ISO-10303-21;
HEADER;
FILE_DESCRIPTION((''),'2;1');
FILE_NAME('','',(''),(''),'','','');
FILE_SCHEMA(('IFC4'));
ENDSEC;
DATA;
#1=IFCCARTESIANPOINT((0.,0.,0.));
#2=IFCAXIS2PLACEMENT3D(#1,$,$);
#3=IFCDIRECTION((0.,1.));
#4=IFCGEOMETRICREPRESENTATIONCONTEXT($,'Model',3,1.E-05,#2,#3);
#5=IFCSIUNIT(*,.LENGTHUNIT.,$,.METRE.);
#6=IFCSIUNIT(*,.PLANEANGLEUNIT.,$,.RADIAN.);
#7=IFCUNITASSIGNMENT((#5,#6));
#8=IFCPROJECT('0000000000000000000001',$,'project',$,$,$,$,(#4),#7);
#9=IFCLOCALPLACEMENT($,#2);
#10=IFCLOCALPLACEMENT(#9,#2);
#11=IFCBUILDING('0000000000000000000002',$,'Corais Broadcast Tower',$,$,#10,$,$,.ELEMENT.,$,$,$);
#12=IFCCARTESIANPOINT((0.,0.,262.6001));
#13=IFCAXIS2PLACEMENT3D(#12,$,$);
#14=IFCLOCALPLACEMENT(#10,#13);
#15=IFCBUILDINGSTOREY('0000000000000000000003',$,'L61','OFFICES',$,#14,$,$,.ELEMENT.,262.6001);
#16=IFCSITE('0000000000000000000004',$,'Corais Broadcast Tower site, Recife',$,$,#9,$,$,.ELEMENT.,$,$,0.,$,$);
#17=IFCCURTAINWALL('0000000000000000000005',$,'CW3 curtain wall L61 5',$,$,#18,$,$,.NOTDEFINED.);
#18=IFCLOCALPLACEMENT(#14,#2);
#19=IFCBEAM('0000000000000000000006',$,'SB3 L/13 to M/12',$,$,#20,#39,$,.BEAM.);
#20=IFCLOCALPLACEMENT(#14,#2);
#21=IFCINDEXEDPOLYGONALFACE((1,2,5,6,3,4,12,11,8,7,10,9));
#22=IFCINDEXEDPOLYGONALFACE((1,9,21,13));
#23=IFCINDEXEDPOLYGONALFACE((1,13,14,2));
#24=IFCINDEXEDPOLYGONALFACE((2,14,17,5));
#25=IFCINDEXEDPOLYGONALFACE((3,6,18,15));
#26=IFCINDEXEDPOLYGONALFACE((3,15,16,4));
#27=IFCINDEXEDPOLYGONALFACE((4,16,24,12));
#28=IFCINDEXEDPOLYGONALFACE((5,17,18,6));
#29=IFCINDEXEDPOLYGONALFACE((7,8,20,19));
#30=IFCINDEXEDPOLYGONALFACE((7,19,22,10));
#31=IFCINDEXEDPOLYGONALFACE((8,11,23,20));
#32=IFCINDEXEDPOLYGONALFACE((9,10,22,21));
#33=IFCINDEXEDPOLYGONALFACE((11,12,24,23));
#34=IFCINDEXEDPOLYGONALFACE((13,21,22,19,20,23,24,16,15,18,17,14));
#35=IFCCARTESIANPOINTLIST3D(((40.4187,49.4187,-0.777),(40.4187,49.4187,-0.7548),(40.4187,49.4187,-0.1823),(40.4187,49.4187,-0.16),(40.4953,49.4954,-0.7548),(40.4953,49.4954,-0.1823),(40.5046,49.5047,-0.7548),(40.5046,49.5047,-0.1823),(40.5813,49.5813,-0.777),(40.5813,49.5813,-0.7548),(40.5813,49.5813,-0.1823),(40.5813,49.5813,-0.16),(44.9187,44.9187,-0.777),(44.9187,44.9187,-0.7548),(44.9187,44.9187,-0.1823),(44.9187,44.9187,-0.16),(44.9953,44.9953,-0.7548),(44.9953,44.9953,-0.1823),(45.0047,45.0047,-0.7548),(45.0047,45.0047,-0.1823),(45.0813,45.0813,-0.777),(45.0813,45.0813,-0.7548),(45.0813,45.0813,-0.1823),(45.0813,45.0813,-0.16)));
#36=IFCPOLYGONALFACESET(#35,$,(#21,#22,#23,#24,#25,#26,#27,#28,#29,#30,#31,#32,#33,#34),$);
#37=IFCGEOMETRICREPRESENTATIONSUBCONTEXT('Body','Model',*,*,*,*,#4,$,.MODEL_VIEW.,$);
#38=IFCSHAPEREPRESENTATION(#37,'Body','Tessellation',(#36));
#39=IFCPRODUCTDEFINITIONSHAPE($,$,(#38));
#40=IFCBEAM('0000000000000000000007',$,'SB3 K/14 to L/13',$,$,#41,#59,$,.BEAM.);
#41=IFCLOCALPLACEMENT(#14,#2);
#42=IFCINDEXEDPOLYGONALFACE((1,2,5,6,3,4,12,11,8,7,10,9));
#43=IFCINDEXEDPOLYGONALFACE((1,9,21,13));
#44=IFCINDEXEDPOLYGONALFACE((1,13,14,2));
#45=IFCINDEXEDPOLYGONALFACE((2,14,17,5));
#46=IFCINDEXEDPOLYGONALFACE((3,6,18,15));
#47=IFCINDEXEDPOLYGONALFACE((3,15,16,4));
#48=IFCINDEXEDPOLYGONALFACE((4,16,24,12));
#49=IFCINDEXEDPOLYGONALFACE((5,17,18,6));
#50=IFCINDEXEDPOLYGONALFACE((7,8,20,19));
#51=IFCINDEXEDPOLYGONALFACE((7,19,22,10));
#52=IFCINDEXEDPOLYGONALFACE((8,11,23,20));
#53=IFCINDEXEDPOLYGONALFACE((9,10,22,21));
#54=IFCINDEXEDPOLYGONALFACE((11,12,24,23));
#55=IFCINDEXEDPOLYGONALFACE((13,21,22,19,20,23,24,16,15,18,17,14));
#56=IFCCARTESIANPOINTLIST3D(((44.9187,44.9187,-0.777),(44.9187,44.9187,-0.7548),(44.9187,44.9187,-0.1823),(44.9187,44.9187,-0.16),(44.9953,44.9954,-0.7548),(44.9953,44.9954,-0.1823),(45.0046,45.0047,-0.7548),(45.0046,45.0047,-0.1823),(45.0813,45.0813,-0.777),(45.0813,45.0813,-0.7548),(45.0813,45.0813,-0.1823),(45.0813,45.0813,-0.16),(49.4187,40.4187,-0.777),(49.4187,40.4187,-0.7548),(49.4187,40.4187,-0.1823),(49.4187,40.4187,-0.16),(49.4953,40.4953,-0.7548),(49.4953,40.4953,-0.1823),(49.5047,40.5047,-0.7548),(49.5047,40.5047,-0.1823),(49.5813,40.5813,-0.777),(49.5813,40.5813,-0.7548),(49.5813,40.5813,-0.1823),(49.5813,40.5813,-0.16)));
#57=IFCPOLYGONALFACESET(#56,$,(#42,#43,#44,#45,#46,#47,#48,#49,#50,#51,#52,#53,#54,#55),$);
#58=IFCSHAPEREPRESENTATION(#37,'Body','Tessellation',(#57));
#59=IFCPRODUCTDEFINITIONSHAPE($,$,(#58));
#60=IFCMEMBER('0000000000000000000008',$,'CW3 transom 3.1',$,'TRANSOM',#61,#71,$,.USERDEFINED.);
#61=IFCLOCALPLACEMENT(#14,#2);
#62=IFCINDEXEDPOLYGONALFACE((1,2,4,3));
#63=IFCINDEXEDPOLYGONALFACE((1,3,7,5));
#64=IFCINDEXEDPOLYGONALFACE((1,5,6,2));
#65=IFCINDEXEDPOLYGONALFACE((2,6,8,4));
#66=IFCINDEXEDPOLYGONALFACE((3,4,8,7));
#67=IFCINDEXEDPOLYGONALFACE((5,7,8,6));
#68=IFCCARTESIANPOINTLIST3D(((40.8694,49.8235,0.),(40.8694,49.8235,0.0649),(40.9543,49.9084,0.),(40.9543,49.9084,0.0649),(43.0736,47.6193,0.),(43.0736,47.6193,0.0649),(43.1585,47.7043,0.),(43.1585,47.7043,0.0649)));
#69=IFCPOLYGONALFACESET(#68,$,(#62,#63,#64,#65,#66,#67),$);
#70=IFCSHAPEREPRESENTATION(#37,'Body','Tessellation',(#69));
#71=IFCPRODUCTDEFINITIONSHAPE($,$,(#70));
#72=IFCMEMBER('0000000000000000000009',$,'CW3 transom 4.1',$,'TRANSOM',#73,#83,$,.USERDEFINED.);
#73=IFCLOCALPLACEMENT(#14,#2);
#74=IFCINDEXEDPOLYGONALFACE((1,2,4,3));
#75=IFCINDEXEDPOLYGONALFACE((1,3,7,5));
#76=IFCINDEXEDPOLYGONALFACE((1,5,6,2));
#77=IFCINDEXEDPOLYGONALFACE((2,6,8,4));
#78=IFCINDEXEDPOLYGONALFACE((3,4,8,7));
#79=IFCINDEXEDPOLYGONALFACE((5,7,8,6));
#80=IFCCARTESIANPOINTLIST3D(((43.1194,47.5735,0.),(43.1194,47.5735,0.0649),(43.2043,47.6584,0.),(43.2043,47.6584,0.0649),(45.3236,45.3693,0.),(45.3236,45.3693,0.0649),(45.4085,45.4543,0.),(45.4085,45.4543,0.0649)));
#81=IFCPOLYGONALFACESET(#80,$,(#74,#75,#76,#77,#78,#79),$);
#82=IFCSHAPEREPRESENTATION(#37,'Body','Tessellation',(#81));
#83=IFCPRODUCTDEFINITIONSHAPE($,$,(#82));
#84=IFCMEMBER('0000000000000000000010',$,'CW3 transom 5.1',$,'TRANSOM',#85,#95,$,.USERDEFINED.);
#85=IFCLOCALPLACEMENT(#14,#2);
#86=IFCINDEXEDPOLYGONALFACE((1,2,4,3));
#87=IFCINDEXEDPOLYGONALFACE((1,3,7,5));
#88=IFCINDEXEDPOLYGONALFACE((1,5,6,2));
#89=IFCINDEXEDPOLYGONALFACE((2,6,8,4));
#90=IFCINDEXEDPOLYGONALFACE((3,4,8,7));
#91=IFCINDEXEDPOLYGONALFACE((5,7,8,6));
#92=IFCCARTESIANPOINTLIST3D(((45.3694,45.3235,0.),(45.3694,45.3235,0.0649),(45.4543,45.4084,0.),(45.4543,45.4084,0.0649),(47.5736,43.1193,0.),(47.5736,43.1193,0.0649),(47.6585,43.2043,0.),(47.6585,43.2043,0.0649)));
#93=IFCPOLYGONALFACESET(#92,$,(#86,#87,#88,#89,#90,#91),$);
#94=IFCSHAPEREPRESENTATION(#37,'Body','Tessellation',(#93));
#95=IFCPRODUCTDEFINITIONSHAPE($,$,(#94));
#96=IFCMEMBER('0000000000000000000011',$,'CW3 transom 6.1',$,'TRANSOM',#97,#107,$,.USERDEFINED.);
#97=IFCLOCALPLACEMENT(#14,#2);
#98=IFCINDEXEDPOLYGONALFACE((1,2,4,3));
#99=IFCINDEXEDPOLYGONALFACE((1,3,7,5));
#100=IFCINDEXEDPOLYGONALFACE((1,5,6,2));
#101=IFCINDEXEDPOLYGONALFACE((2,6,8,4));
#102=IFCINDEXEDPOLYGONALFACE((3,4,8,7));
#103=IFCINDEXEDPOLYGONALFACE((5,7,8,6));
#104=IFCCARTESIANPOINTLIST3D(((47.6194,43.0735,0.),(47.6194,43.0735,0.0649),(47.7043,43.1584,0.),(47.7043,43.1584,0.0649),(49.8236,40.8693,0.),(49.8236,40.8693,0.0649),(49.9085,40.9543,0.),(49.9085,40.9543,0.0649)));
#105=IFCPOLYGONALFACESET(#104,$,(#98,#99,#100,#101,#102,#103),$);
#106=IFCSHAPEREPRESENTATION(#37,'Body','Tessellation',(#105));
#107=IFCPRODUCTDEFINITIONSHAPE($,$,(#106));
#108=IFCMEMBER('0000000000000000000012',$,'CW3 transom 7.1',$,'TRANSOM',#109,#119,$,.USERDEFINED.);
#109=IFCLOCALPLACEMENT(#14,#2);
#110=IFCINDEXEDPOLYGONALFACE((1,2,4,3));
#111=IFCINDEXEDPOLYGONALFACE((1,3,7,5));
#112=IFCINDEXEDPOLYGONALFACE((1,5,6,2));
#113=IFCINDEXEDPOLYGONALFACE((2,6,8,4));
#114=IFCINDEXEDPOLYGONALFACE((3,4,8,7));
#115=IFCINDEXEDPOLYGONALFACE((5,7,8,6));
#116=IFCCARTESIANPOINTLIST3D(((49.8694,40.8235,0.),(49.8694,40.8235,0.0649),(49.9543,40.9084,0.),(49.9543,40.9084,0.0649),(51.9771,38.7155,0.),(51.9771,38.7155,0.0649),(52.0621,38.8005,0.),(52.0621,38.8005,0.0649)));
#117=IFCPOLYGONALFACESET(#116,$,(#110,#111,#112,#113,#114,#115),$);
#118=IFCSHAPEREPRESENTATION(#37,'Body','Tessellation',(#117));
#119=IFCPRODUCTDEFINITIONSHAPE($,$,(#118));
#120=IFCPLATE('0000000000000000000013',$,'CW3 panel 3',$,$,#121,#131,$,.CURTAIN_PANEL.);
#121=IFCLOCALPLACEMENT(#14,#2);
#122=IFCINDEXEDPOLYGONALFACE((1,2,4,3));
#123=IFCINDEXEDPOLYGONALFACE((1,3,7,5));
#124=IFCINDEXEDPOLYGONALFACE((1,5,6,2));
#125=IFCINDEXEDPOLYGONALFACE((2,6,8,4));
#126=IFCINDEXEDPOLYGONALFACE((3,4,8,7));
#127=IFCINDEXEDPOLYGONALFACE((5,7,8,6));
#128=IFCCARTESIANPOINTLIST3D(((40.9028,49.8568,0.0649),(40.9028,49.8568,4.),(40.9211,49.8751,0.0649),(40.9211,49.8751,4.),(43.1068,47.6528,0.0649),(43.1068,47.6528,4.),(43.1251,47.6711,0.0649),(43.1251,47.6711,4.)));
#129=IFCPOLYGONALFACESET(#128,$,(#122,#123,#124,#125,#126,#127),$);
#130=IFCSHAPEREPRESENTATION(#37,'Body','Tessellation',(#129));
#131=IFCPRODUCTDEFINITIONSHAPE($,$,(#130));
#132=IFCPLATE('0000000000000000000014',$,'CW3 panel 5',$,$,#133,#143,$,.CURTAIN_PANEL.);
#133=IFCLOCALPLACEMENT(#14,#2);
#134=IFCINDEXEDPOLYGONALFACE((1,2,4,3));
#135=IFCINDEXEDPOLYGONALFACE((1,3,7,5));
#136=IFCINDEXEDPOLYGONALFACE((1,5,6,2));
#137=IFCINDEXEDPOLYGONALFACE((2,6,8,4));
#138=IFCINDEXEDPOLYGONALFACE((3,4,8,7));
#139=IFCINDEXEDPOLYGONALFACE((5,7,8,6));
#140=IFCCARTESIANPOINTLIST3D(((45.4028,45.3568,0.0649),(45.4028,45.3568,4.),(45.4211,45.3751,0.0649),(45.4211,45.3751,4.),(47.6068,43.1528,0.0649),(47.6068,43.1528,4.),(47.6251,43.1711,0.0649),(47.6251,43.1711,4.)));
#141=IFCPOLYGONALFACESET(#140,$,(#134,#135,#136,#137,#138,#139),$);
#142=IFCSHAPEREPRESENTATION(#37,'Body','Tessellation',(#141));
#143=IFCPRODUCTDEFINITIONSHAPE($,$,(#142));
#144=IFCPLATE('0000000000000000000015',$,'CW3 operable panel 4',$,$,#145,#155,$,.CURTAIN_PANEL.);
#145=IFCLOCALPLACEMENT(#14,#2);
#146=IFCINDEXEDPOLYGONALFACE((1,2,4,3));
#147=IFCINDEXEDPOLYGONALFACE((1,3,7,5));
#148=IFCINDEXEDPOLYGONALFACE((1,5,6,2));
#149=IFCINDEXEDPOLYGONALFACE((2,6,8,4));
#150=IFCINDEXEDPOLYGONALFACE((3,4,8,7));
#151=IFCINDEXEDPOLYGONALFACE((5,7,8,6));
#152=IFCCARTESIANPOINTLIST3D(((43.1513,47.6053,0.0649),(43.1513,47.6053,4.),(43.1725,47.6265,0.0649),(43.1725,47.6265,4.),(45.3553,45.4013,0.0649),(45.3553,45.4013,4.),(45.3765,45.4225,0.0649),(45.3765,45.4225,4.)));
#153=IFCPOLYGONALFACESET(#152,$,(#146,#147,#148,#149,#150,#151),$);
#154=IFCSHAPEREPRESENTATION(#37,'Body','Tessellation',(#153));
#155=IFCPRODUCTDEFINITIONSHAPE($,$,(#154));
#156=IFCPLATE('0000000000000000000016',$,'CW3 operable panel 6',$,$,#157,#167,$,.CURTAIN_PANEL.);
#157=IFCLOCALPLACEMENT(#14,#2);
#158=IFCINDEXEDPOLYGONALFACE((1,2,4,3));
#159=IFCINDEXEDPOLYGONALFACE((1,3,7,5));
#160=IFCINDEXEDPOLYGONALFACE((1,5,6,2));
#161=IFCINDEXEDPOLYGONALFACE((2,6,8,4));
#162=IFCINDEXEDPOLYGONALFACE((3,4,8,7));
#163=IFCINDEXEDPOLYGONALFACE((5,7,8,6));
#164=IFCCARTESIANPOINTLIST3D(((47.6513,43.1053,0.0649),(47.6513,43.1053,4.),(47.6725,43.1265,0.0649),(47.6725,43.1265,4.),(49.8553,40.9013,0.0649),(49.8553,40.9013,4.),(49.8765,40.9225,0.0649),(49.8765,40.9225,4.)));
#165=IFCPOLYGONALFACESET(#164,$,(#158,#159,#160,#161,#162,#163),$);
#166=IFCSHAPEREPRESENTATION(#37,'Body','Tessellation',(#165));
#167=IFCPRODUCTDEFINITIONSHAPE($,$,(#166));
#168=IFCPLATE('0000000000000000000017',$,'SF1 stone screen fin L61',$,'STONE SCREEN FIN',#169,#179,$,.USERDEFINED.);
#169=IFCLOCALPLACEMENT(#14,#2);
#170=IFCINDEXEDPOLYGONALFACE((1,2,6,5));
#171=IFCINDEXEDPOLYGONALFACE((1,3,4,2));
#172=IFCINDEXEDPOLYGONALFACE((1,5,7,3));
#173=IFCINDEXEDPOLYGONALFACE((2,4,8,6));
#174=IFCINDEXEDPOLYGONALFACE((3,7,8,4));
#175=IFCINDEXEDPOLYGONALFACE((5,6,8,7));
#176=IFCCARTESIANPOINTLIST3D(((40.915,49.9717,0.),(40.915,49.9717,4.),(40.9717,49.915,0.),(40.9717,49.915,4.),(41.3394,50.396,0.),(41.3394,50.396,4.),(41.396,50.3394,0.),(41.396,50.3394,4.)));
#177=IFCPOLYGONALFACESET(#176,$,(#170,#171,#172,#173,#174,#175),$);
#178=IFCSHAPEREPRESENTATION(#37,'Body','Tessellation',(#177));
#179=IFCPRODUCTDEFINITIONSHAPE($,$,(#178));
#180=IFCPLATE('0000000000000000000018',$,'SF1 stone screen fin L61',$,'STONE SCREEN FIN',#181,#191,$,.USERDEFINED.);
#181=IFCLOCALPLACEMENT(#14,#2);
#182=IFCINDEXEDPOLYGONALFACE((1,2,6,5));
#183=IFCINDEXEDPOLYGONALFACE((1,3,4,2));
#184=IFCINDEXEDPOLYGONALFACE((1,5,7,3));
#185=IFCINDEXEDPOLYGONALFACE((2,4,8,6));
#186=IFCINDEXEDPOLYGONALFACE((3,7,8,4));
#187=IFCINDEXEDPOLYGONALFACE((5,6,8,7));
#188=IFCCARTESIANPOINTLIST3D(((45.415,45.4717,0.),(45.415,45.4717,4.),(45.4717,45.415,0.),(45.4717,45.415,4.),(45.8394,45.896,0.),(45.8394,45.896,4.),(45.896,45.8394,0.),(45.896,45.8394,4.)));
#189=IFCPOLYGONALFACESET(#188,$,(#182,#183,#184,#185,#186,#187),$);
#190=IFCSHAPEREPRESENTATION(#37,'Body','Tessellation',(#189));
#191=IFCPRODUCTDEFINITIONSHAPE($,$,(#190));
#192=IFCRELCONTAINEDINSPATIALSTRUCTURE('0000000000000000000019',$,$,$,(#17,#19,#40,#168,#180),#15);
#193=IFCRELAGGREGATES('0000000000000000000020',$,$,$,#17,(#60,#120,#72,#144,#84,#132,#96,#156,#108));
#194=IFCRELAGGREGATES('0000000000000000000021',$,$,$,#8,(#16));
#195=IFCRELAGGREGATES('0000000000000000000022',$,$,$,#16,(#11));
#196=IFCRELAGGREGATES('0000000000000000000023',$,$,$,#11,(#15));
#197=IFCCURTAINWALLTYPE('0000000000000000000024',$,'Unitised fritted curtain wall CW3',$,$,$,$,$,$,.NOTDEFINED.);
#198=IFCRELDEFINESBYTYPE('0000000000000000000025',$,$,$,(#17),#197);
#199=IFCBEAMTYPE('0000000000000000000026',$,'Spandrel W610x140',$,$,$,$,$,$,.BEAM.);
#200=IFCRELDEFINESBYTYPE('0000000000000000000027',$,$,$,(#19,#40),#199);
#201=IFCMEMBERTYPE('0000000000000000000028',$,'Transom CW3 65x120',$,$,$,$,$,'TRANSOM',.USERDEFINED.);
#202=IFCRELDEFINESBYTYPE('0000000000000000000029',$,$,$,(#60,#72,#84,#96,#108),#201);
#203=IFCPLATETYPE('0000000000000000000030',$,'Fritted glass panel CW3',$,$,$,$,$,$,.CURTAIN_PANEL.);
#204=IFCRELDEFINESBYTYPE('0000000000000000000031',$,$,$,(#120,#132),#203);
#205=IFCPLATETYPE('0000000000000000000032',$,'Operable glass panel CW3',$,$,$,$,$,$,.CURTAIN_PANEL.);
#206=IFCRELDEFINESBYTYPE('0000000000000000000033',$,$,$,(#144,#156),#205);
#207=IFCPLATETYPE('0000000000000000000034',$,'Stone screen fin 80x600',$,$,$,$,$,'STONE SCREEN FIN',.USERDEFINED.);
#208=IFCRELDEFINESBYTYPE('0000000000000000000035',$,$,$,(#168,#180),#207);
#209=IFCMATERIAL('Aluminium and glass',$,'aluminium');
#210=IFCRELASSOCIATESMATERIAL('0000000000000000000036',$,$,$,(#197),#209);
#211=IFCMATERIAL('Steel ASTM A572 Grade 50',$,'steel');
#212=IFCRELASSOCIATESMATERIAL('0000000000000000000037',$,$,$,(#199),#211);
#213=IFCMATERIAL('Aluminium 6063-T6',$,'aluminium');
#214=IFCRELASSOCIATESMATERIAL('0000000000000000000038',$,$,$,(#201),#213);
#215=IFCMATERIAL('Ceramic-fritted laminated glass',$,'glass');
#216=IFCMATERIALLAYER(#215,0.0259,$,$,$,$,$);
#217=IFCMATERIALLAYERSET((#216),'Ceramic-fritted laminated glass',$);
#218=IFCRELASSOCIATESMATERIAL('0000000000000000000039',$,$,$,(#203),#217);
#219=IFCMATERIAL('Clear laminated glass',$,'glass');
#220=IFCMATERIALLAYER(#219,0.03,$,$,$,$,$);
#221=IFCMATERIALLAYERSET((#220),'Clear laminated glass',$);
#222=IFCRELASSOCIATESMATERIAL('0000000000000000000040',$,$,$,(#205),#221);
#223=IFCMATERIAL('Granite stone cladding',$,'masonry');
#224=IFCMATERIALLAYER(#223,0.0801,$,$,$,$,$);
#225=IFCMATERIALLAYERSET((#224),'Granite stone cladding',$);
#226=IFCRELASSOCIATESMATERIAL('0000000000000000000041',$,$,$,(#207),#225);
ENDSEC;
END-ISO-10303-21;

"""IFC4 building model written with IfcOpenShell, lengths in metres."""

from ifc_helpers import new_model, si_unit, direction, frame, origin, origin_2d, place, context, subcontext, project, spatial, rectangle, i_section, extrude, material, layer, layer_set, material_profile, profile_set, type_object, element, aggregate, save


model = new_model("IFC4")

# Units and contexts
model_context = context("Model", 3, precision=1e-05, world=origin(), true_north=direction((0.0, 1.0)))
body_context = subcontext(model_context, "Body", "Model", "MODEL_VIEW")
ifc_project = project(units=[si_unit("LENGTHUNIT", "METRE"), si_unit("PLANEANGLEUNIT", "RADIAN")], contexts=[model_context])

# Site, building, storey
site_placement = place(None, origin())
site = spatial("IfcSite", under=ifc_project, at=site_placement, Name="Corais Broadcast Tower site, Recife", CompositionType="ELEMENT", RefElevation=0.0)
building_placement = place(site_placement, origin())
building = spatial("IfcBuilding", under=site, at=building_placement, Name="Corais Broadcast Tower", CompositionType="ELEMENT")
storey_placement = place(building_placement, frame((0.0, 0.0, 262.6001)))
storey = spatial("IfcBuildingStorey", under=building, at=storey_placement, Name="L61", Description="OFFICES", CompositionType="ELEMENT", Elevation=262.6001)

# Curtain wall
ifc_material_1 = material(Name="Aluminium and glass", Category="aluminium")
curtain_wall_type = type_object("IfcCurtainWallType", Name="Unitised fritted curtain wall CW3", PredefinedType="NOTDEFINED", material=ifc_material_1)
curtain_wall_placement = place(storey_placement, origin())
curtain_wall = element("IfcCurtainWall", 1, at=curtain_wall_placement, inside=storey, type_object=curtain_wall_type, Name="CW3 curtain wall L61 5", PredefinedType="NOTDEFINED")

# Beams
ifc_material_2 = material(Name="Steel ASTM A572 Grade 50", Category="steel")
ifc_material_profile_1 = material_profile(ifc_material_2, i_section(OverallWidth=0.23, OverallDepth=0.6169, WebThickness=0.0132, FlangeThickness=0.0222, at=origin_2d()), Name="W610x140")
ifc_profile_set_1 = profile_set([ifc_material_profile_1], Name="Steel ASTM A572 Grade 50")
beam_type_1 = type_object("IfcBeamType", Name="Spandrel W610x140", PredefinedType="BEAM", material=ifc_profile_set_1)
for number, where, z_axis, x_axis, name in (
    (2, (45.0, 45.0, -0.4685), (-0.707107, 0.707107, 0.0), (-0.707107, -0.707107, 0.0), "SB3 L/13 to M/12"),
    (3, (49.5, 40.5, -0.4685), (-0.707107, 0.707107, 0.0), (-0.707107, -0.707107, 0.0), "SB3 K/14 to L/13"),
):
    element("IfcBeam", number, at=place(storey_placement, frame(where, z_axis=z_axis, x_axis=x_axis)), inside=storey, type_object=beam_type_1, Name=name, PredefinedType="BEAM", context=body_context, shape_type="SweptSolid", body=[
        extrude(i_section(OverallWidth=0.23, OverallDepth=0.6169, WebThickness=0.0132, FlangeThickness=0.0222, at=origin_2d()), origin(), (0.0, 0.0, 1.0), 6.364),
    ])

# Members
ifc_material_3 = material(Name="Aluminium 6063-T6", Category="aluminium")
ifc_material_profile_2 = material_profile(ifc_material_3, rectangle(XDim=0.1201, YDim=0.0649, at=origin_2d()), Name="Transom CW3 65x120")
ifc_profile_set_2 = profile_set([ifc_material_profile_2], Name="Aluminium 6063-T6")
member_type_1 = type_object("IfcMemberType", Name="Transom CW3 65x120", ElementType="TRANSOM", PredefinedType="USERDEFINED", material=ifc_profile_set_2)
member_1_placement = place(storey_placement, frame((40.9119, 49.866, 0.0325), z_axis=(0.707107, -0.707107, 0.0), x_axis=(0.707107, 0.707107, 0.0)))
member_1 = element("IfcMember", 4, at=member_1_placement, type_object=member_type_1, Name="CW3 transom 3.1", ObjectType="TRANSOM", PredefinedType="USERDEFINED", context=body_context, shape_type="SweptSolid", body=[
    extrude(rectangle(XDim=0.1201, YDim=0.0649, at=origin_2d()), origin(), (0.0, 0.0, 1.0), 3.1172),
])
member_2_placement = place(storey_placement, frame((43.1619, 47.616, 0.0325), z_axis=(0.707107, -0.707107, 0.0), x_axis=(0.707107, 0.707107, 0.0)))
member_2 = element("IfcMember", 5, at=member_2_placement, type_object=member_type_1, Name="CW3 transom 4.1", ObjectType="TRANSOM", PredefinedType="USERDEFINED", context=body_context, shape_type="SweptSolid", body=[
    extrude(rectangle(XDim=0.1201, YDim=0.0649, at=origin_2d()), origin(), (0.0, 0.0, 1.0), 3.1172),
])
member_3_placement = place(storey_placement, frame((45.4119, 45.366, 0.0325), z_axis=(0.707107, -0.707107, 0.0), x_axis=(0.707107, 0.707107, 0.0)))
member_3 = element("IfcMember", 6, at=member_3_placement, type_object=member_type_1, Name="CW3 transom 5.1", ObjectType="TRANSOM", PredefinedType="USERDEFINED", context=body_context, shape_type="SweptSolid", body=[
    extrude(rectangle(XDim=0.1201, YDim=0.0649, at=origin_2d()), origin(), (0.0, 0.0, 1.0), 3.1172),
])
member_4_placement = place(storey_placement, frame((47.6619, 43.116, 0.0325), z_axis=(0.707107, -0.707107, 0.0), x_axis=(0.707107, 0.707107, 0.0)))
member_4 = element("IfcMember", 7, at=member_4_placement, type_object=member_type_1, Name="CW3 transom 6.1", ObjectType="TRANSOM", PredefinedType="USERDEFINED", context=body_context, shape_type="SweptSolid", body=[
    extrude(rectangle(XDim=0.1201, YDim=0.0649, at=origin_2d()), origin(), (0.0, 0.0, 1.0), 3.1172),
])
member_5_placement = place(storey_placement, frame((49.9119, 40.866, 0.0325), z_axis=(0.707066, -0.707148, 0.0), x_axis=(0.707148, 0.707066, 0.0)))
member_5 = element("IfcMember", 8, at=member_5_placement, type_object=member_type_1, Name="CW3 transom 7.1", ObjectType="TRANSOM", PredefinedType="USERDEFINED", context=body_context, shape_type="SweptSolid", body=[
    extrude(rectangle(XDim=0.1201, YDim=0.0649, at=origin_2d()), origin(), (0.0, 0.0, 1.0), 2.981),
])

# Plates
ifc_material_4 = material(Name="Ceramic-fritted laminated glass", Category="glass")
ifc_layer_1 = layer(ifc_material_4, 0.0259)
ifc_layer_set_1 = layer_set([ifc_layer_1], Name="Ceramic-fritted laminated glass")
plate_type_1 = type_object("IfcPlateType", Name="Fritted glass panel CW3", PredefinedType="CURTAIN_PANEL", material=ifc_layer_set_1)
plate_1_placement = place(storey_placement, frame((42.0139, 48.7639, 0.0649), z_axis=(0.0, 0.0, 1.0), x_axis=(0.707107, -0.707107, 0.0)))
plate_1 = element("IfcPlate", 9, at=plate_1_placement, type_object=plate_type_1, Name="CW3 panel 3", PredefinedType="CURTAIN_PANEL", context=body_context, shape_type="SweptSolid", body=[
    extrude(rectangle(XDim=3.1169, YDim=0.0259, at=origin_2d()), origin(), (0.0, 0.0, 1.0), 3.9351),
])
plate_2_placement = place(storey_placement, frame((46.5139, 44.2639, 0.0649), z_axis=(0.0, 0.0, 1.0), x_axis=(0.707107, -0.707107, 0.0)))
plate_2 = element("IfcPlate", 10, at=plate_2_placement, type_object=plate_type_1, Name="CW3 panel 5", PredefinedType="CURTAIN_PANEL", context=body_context, shape_type="SweptSolid", body=[
    extrude(rectangle(XDim=3.1169, YDim=0.0259, at=origin_2d()), origin(), (0.0, 0.0, 1.0), 3.9351),
])
ifc_material_5 = material(Name="Clear laminated glass", Category="glass")
ifc_layer_2 = layer(ifc_material_5, 0.03)
ifc_layer_set_2 = layer_set([ifc_layer_2], Name="Clear laminated glass")
plate_type_2 = type_object("IfcPlateType", Name="Operable glass panel CW3", PredefinedType="CURTAIN_PANEL", material=ifc_layer_set_2)
plate_3_placement = place(storey_placement, frame((44.2639, 46.5139, 0.0649), z_axis=(0.0, 0.0, 1.0), x_axis=(0.707107, -0.707107, 0.0)))
plate_3 = element("IfcPlate", 11, at=plate_3_placement, type_object=plate_type_2, Name="CW3 operable panel 4", PredefinedType="CURTAIN_PANEL", context=body_context, shape_type="SweptSolid", body=[
    extrude(rectangle(XDim=3.1169, YDim=0.03, at=origin_2d()), origin(), (0.0, 0.0, 1.0), 3.9351),
])
plate_4_placement = place(storey_placement, frame((48.7639, 42.0139, 0.0649), z_axis=(0.0, 0.0, 1.0), x_axis=(0.707107, -0.707107, 0.0)))
plate_4 = element("IfcPlate", 12, at=plate_4_placement, type_object=plate_type_2, Name="CW3 operable panel 6", PredefinedType="CURTAIN_PANEL", context=body_context, shape_type="SweptSolid", body=[
    extrude(rectangle(XDim=3.1169, YDim=0.03, at=origin_2d()), origin(), (0.0, 0.0, 1.0), 3.9351),
])
aggregate(curtain_wall, [member_1, plate_1, member_2, plate_3, member_3, plate_2, member_4, plate_4, member_5])

# Plates
ifc_material_6 = material(Name="Granite stone cladding", Category="masonry")
ifc_layer_3 = layer(ifc_material_6, 0.0801)
ifc_layer_set_3 = layer_set([ifc_layer_3], Name="Granite stone cladding")
plate_type_3 = type_object("IfcPlateType", Name="Stone screen fin 80x600", ElementType="STONE SCREEN FIN", PredefinedType="USERDEFINED", material=ifc_layer_set_3)
for number, where, z_axis, x_axis, name in (
    (13, (41.1555, 50.1555, 0.0), (0.0, 0.0, 1.0), (0.707107, -0.707107, 0.0), "SF1 stone screen fin L61"),
    (14, (45.6555, 45.6555, 0.0), (0.0, 0.0, 1.0), (0.707107, -0.707107, 0.0), "SF1 stone screen fin L61"),
):
    element("IfcPlate", number, at=place(storey_placement, frame(where, z_axis=z_axis, x_axis=x_axis)), inside=storey, type_object=plate_type_3, Name=name, ObjectType="STONE SCREEN FIN", PredefinedType="USERDEFINED", context=body_context, shape_type="SweptSolid", body=[
        extrude(rectangle(XDim=0.0801, YDim=0.6001, at=origin_2d()), origin(), (0.0, 0.0, 1.0), 4.0),
    ])

save(model, "model.ifc")
